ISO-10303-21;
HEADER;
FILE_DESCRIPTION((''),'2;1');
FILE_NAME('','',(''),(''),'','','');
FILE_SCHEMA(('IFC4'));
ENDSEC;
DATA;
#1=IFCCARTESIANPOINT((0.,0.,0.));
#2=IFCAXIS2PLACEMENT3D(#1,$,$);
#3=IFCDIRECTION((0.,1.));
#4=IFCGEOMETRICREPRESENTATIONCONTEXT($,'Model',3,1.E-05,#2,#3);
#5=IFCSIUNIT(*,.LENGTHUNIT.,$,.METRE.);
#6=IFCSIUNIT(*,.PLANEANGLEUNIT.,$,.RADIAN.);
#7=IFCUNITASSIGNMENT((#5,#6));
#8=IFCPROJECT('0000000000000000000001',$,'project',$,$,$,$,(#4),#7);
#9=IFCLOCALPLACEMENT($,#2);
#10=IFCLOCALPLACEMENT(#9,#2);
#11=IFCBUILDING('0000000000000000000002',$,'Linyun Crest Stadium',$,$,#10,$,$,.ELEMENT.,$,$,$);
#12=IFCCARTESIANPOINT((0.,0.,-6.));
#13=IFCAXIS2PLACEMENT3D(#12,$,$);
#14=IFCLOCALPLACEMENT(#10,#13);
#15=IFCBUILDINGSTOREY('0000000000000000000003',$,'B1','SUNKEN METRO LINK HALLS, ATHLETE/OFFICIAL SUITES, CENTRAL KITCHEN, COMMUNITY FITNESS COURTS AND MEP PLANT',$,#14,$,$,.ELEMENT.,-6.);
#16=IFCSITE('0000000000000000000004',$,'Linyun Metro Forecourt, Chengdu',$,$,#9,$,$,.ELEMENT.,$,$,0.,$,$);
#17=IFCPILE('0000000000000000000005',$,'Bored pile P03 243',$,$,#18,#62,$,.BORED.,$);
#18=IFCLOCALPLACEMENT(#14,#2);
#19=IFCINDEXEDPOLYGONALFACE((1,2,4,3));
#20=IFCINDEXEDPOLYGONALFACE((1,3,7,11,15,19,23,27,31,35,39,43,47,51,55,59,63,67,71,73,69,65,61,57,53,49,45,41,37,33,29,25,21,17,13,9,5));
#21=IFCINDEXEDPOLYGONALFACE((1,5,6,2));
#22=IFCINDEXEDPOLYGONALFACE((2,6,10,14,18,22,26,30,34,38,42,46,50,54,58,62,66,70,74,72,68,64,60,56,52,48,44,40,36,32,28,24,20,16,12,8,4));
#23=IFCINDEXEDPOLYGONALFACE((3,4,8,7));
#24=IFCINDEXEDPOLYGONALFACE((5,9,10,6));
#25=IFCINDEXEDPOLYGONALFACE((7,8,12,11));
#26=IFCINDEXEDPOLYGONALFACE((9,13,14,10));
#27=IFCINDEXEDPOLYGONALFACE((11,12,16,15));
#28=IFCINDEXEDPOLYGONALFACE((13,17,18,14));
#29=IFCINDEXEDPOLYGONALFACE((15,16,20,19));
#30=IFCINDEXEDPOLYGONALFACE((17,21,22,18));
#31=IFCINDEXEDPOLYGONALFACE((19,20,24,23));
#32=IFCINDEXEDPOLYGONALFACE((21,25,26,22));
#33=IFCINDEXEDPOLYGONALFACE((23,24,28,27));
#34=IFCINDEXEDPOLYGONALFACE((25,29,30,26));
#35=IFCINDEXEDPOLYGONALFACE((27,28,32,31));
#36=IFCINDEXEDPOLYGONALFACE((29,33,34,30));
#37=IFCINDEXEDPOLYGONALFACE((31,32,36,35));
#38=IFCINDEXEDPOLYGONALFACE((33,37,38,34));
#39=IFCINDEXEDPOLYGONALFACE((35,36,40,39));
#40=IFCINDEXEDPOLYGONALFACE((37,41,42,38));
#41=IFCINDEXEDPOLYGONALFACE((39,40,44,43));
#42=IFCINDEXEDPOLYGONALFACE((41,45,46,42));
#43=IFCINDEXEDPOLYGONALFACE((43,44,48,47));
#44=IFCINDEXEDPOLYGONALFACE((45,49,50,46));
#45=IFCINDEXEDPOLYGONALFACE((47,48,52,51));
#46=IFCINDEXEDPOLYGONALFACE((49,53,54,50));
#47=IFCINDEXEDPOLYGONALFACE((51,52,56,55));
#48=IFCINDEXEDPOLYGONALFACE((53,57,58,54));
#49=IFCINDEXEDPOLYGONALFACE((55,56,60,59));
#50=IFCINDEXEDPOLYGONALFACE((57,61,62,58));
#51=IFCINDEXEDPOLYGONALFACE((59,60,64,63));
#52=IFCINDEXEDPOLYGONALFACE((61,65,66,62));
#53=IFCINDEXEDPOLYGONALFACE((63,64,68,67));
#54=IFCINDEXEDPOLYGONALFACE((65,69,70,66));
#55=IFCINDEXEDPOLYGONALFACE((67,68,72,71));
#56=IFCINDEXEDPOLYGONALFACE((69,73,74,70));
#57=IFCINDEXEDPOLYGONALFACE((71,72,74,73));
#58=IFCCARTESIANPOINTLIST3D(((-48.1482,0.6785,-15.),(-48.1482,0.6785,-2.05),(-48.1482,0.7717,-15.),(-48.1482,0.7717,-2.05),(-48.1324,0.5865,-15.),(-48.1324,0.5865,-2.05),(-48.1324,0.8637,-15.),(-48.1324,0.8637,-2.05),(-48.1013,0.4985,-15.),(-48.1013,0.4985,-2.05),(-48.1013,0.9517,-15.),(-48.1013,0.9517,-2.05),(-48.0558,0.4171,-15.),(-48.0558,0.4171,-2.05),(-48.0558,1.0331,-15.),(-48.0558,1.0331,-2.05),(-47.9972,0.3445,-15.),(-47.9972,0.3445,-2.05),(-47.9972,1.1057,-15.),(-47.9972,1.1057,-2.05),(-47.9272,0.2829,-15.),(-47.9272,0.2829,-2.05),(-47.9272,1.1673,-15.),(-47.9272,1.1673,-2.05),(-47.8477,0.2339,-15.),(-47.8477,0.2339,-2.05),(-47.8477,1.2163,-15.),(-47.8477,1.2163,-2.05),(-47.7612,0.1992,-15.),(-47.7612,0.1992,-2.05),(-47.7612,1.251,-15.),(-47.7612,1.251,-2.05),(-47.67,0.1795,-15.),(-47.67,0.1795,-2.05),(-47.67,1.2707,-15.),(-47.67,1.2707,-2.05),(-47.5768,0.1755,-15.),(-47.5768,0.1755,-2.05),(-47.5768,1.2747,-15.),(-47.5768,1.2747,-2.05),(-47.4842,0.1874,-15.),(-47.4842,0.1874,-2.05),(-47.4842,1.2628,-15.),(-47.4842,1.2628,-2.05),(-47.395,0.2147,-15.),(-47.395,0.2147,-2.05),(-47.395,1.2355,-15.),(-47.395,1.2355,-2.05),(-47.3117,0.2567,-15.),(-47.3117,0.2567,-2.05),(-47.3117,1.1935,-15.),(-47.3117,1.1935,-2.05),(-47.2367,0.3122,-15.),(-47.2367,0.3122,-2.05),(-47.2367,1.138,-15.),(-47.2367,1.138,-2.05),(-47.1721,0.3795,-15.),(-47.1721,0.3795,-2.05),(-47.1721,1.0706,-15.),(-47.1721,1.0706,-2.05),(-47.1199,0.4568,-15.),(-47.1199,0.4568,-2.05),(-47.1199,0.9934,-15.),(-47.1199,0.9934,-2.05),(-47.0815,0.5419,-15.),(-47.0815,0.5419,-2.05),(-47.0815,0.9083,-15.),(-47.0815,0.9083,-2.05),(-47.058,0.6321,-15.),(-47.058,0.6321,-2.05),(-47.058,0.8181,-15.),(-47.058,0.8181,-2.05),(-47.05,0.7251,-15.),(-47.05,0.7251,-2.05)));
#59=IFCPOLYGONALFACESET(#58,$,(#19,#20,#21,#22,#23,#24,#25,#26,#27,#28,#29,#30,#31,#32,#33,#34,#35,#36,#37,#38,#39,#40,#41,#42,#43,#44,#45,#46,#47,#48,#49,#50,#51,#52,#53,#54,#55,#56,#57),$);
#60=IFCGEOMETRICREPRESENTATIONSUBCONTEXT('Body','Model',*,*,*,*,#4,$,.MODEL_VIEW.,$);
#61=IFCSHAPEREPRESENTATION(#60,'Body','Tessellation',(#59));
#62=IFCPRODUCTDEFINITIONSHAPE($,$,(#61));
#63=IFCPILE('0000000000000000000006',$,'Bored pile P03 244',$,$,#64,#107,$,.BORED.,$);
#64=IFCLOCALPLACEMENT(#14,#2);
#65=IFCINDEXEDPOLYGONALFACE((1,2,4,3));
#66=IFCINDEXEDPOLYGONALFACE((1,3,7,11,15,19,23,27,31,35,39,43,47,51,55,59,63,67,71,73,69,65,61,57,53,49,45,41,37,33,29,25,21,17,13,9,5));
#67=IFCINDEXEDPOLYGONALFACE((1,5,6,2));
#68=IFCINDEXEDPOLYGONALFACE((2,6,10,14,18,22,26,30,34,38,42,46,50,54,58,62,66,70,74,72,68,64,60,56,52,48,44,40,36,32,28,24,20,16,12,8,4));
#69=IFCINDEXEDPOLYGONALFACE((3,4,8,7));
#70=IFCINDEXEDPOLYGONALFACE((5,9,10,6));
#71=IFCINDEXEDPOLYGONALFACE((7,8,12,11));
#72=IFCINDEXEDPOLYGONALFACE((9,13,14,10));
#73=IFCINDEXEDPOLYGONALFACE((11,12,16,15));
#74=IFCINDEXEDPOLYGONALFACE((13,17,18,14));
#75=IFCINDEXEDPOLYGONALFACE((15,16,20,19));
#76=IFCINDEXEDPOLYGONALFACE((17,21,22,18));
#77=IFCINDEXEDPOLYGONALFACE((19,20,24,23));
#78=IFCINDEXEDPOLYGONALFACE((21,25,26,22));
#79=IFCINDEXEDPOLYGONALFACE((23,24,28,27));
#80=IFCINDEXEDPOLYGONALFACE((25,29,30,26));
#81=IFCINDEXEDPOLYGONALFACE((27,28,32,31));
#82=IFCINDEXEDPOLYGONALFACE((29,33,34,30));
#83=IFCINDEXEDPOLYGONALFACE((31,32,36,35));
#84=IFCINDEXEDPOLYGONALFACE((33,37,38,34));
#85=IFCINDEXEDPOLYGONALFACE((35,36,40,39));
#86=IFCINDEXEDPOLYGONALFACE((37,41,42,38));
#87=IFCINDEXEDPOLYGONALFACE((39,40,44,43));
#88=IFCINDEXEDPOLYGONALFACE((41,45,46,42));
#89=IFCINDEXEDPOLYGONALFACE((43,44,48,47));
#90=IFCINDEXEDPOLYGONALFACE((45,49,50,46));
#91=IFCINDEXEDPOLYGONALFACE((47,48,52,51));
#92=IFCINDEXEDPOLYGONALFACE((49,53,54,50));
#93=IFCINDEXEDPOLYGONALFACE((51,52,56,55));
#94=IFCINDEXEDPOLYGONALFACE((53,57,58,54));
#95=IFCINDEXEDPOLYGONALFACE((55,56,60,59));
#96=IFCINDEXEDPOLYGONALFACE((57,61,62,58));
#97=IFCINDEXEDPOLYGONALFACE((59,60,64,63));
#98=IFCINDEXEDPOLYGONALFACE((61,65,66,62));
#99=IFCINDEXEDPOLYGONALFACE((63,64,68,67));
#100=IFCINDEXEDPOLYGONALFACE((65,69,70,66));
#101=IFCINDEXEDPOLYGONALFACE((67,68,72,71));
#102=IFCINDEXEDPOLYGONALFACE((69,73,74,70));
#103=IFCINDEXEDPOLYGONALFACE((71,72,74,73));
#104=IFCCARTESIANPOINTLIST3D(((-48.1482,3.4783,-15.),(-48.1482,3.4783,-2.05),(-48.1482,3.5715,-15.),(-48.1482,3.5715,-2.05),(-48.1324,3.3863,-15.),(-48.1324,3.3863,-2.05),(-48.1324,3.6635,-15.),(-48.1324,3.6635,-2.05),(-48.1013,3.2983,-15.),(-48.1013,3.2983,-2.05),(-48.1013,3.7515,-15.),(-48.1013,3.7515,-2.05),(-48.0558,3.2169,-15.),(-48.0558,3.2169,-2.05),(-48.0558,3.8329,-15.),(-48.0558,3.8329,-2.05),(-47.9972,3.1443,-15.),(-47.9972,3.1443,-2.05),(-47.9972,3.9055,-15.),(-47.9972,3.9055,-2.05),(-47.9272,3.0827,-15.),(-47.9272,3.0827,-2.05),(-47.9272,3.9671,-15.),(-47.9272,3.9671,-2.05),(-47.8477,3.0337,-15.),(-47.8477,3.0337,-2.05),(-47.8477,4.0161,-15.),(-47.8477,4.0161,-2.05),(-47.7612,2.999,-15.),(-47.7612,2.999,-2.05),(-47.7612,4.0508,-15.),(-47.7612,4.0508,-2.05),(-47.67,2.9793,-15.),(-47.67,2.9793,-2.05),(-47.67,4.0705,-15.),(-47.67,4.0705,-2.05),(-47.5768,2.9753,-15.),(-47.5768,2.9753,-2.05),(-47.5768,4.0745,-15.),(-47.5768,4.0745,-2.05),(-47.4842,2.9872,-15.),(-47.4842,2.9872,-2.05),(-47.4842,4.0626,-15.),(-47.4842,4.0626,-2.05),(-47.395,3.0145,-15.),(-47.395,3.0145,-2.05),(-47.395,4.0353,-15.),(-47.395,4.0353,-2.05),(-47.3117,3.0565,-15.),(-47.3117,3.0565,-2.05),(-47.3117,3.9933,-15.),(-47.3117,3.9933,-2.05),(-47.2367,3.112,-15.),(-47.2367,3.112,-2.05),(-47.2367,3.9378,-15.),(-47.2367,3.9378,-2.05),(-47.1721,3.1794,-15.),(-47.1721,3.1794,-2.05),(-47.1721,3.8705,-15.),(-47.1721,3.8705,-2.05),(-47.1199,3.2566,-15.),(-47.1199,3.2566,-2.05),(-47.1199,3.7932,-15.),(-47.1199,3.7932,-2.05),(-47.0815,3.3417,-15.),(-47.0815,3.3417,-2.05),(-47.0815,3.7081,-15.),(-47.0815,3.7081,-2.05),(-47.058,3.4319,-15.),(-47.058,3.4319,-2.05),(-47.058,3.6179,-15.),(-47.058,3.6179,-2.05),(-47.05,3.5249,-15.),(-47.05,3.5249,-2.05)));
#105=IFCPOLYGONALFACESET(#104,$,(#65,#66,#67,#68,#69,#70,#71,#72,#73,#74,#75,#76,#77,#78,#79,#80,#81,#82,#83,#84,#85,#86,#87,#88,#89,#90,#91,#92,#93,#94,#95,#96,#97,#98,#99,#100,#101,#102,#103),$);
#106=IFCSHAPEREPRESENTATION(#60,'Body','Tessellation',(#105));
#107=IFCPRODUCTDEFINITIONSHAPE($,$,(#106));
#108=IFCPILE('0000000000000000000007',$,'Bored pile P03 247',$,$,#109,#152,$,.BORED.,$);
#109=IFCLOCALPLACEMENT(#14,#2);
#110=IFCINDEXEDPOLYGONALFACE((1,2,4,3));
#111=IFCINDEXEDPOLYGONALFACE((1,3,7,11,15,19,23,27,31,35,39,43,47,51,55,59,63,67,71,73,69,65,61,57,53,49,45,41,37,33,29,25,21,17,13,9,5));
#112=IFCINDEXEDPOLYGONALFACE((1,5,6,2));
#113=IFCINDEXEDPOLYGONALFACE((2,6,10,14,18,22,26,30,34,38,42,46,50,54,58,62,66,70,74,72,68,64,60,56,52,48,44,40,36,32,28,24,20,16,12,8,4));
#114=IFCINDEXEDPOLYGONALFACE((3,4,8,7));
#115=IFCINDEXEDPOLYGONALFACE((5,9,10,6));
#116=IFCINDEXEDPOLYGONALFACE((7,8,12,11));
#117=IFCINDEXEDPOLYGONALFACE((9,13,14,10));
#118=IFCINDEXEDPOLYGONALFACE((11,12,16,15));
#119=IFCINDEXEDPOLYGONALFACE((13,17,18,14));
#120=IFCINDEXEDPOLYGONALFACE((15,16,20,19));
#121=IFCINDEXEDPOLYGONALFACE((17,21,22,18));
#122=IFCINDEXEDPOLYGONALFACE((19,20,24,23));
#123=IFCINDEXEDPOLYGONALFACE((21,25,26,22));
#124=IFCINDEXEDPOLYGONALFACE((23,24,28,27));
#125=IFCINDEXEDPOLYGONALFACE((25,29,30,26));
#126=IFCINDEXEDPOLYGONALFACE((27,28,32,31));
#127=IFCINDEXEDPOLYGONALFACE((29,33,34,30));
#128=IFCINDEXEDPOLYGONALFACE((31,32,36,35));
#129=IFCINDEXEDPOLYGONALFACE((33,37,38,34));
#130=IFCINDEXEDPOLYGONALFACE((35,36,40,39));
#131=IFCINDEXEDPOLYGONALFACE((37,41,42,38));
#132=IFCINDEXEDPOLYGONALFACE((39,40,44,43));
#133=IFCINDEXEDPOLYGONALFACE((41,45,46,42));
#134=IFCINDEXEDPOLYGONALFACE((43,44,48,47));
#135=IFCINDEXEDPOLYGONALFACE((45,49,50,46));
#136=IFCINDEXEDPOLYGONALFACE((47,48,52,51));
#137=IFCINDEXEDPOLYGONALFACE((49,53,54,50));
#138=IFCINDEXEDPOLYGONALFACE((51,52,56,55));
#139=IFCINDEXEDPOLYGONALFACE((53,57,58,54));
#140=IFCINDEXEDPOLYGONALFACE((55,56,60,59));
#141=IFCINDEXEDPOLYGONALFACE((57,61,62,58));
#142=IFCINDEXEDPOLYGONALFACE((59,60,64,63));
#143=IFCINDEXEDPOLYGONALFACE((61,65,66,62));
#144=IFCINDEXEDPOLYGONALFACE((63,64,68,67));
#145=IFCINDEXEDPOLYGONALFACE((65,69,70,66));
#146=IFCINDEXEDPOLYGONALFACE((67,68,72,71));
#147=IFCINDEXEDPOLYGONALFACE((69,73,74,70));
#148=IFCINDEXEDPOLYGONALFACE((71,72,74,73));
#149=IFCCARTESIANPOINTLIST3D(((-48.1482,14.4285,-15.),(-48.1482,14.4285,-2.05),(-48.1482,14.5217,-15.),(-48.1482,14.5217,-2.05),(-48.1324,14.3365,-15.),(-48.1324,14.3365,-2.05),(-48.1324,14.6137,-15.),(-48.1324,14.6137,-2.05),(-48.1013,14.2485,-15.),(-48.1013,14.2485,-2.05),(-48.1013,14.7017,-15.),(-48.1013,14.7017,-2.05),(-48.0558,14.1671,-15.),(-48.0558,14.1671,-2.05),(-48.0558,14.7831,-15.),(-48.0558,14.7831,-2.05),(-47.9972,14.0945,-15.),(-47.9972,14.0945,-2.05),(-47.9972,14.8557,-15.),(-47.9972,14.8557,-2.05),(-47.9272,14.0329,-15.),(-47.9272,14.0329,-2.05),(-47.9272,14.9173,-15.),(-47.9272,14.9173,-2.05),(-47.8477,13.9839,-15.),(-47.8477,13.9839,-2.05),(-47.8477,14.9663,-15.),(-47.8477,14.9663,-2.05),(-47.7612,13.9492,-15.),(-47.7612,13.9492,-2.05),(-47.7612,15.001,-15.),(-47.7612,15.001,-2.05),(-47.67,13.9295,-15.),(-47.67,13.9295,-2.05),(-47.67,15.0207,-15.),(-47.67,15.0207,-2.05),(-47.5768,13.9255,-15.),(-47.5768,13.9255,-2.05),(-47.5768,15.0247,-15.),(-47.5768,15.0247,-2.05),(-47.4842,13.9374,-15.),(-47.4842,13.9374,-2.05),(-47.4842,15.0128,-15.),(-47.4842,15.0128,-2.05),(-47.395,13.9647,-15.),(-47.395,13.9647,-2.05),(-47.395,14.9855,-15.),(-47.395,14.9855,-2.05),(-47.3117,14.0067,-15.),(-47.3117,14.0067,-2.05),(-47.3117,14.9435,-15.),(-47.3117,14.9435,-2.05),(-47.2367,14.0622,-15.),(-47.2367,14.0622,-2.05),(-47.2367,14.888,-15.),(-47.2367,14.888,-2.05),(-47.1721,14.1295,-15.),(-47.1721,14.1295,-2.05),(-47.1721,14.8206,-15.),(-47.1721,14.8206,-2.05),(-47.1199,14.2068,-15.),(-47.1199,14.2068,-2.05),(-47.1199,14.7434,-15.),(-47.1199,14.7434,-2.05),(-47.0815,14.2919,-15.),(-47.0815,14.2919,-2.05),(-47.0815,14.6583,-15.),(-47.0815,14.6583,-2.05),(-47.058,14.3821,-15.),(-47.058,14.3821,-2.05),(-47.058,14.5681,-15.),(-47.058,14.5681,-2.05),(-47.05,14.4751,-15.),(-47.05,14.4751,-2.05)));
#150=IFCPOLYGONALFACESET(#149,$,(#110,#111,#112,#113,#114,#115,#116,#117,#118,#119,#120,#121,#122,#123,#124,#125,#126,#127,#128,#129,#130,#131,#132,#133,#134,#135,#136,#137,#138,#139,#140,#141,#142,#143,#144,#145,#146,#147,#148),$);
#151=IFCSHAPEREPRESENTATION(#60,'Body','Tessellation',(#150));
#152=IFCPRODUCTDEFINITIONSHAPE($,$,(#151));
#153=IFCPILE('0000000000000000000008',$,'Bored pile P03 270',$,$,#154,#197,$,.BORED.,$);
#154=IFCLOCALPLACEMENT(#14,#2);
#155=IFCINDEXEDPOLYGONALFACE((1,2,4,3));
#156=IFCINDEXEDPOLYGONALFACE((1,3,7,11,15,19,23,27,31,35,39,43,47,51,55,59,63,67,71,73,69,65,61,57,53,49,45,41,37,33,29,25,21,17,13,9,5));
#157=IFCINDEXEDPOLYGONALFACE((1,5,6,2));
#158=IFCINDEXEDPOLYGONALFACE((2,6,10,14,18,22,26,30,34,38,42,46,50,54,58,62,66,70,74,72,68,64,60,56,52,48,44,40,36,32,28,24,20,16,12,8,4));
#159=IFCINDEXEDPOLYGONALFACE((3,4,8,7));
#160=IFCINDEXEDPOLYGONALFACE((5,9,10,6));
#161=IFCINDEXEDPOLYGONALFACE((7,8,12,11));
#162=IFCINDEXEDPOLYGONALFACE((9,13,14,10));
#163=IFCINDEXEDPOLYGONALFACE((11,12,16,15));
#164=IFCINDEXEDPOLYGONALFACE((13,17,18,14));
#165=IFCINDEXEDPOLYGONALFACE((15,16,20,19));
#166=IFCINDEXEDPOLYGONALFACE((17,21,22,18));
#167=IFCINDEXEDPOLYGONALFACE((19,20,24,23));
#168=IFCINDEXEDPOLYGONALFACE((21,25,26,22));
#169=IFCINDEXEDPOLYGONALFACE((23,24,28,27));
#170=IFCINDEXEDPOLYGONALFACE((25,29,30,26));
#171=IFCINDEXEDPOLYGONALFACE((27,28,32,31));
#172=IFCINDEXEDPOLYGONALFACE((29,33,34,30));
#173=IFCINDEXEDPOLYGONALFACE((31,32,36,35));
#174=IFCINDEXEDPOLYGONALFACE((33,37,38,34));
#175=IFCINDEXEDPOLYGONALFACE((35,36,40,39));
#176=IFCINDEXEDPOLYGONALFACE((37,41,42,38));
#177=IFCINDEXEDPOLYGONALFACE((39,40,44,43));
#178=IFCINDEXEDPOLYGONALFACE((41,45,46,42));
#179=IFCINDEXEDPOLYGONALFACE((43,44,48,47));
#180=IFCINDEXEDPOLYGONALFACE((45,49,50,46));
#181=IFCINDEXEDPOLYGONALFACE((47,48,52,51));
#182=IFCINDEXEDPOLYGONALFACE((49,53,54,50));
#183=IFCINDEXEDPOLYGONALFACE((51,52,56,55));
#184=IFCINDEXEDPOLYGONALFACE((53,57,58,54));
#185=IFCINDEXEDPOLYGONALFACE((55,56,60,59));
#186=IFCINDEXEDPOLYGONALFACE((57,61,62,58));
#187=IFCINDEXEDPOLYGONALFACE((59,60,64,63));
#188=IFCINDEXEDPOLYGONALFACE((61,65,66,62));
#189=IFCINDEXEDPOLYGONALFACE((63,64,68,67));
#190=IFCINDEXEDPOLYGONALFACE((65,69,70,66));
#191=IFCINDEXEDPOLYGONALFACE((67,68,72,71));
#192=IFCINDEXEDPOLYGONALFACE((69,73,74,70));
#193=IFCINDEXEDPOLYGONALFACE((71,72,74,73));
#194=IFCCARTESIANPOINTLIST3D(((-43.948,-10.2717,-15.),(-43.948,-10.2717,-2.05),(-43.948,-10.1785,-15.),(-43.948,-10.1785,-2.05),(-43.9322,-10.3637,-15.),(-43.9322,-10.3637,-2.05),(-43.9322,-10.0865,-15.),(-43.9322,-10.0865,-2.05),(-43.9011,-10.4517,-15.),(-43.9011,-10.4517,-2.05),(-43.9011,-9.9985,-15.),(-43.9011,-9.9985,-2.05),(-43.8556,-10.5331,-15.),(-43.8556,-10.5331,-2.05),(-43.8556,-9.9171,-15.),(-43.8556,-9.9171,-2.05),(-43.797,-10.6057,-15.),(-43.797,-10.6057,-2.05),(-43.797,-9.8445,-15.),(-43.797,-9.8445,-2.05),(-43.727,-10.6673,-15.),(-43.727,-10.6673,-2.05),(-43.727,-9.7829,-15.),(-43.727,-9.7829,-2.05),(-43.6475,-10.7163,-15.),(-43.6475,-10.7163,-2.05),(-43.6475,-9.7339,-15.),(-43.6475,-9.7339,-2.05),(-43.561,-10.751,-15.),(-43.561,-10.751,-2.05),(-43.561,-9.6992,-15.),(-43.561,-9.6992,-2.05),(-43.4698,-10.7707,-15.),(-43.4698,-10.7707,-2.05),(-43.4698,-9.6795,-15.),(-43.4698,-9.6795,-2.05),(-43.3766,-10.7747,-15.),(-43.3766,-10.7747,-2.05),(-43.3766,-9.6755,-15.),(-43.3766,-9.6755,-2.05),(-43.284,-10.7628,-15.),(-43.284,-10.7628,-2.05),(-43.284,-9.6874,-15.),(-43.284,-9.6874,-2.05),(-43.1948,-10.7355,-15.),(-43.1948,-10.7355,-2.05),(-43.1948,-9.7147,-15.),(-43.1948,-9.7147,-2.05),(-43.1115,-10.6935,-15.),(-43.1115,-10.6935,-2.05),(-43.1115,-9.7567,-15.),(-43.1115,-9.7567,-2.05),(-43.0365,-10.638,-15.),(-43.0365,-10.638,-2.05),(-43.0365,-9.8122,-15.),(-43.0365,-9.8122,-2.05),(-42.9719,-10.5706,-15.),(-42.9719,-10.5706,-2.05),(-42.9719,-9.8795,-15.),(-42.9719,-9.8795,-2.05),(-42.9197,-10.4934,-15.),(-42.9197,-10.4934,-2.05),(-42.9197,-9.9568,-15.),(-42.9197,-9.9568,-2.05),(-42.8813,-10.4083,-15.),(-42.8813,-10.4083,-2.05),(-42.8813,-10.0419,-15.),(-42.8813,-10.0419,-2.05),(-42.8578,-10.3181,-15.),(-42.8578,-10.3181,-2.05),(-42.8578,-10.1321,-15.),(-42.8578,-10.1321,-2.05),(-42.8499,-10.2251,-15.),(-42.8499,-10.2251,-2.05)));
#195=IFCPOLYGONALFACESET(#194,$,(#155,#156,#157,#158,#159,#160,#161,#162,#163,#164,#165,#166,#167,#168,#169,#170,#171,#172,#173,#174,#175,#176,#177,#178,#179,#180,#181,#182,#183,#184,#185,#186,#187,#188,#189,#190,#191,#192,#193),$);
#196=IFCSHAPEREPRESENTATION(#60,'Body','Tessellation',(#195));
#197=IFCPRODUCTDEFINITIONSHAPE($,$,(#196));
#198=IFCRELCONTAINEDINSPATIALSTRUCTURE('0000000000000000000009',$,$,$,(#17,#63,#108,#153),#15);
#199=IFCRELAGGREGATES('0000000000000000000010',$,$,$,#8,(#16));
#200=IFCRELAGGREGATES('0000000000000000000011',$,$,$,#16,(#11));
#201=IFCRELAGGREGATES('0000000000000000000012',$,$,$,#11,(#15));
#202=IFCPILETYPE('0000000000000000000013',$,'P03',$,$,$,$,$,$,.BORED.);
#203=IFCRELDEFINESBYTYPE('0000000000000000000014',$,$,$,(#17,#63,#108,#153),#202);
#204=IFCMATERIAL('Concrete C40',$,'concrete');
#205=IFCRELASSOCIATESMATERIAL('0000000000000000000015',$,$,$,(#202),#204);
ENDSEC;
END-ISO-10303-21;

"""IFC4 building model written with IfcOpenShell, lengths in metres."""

from ifc_helpers import new_model, si_unit, direction, frame, origin, origin_2d, place, context, subcontext, project, spatial, circle, extrude, material, material_profile, profile_set, type_object, element, save


model = new_model("IFC4")

# Units and contexts
model_context = context("Model", 3, precision=1e-05, world=origin(), true_north=direction((0.0, 1.0)))
body_context = subcontext(model_context, "Body", "Model", "MODEL_VIEW")
ifc_project = project(units=[si_unit("LENGTHUNIT", "METRE"), si_unit("PLANEANGLEUNIT", "RADIAN")], contexts=[model_context])

# Site, building, storey
site_placement = place(None, origin())
site = spatial("IfcSite", under=ifc_project, at=site_placement, Name="Linyun Metro Forecourt, Chengdu", CompositionType="ELEMENT", RefElevation=0.0)
building_placement = place(site_placement, origin())
building = spatial("IfcBuilding", under=site, at=building_placement, Name="Linyun Crest Stadium", CompositionType="ELEMENT")
storey_placement = place(building_placement, frame((0.0, 0.0, -6.0)))
storey = spatial("IfcBuildingStorey", under=building, at=storey_placement, Name="B1", Description="SUNKEN METRO LINK HALLS, ATHLETE/OFFICIAL SUITES, CENTRAL KITCHEN, COMMUNITY FITNESS COURTS AND MEP PLANT", CompositionType="ELEMENT", Elevation=-6.0)

# Piles
ifc_material_1 = material(Name="Concrete C40", Category="concrete")
ifc_material_profile_1 = material_profile(ifc_material_1, circle(Radius=0.55, at=origin_2d()), Name="BORED PILE 1100")
ifc_profile_set_1 = profile_set([ifc_material_profile_1], Name="Concrete C40")
pile_type_1 = type_object("IfcPileType", Name="P03", PredefinedType="BORED", material=ifc_profile_set_1)
for number, where, z_axis, x_axis, name in (
    (1, (-47.6001, 0.7251, -2.05), (0.0, 0.0, -1.0), (1.0, 0.0, 0.0), "Bored pile P03 243"),
    (2, (-47.6001, 3.5249, -2.05), (0.0, 0.0, -1.0), (1.0, 0.0, 0.0), "Bored pile P03 244"),
    (3, (-47.6001, 14.4751, -2.05), (0.0, 0.0, -1.0), (1.0, 0.0, 0.0), "Bored pile P03 247"),
    (4, (-43.3999, -10.2251, -2.05), (0.0, 0.0, -1.0), (1.0, 0.0, 0.0), "Bored pile P03 270"),
):
    element("IfcPile", number, at=place(storey_placement, frame(where, z_axis=z_axis, x_axis=x_axis)), inside=storey, type_object=pile_type_1, Name=name, PredefinedType="BORED", context=body_context, shape_type="SweptSolid", body=[
        extrude(circle(Radius=0.55, at=origin_2d()), origin(), (0.0, 0.0, 1.0), 12.95),
    ])

save(model, "model.ifc")
